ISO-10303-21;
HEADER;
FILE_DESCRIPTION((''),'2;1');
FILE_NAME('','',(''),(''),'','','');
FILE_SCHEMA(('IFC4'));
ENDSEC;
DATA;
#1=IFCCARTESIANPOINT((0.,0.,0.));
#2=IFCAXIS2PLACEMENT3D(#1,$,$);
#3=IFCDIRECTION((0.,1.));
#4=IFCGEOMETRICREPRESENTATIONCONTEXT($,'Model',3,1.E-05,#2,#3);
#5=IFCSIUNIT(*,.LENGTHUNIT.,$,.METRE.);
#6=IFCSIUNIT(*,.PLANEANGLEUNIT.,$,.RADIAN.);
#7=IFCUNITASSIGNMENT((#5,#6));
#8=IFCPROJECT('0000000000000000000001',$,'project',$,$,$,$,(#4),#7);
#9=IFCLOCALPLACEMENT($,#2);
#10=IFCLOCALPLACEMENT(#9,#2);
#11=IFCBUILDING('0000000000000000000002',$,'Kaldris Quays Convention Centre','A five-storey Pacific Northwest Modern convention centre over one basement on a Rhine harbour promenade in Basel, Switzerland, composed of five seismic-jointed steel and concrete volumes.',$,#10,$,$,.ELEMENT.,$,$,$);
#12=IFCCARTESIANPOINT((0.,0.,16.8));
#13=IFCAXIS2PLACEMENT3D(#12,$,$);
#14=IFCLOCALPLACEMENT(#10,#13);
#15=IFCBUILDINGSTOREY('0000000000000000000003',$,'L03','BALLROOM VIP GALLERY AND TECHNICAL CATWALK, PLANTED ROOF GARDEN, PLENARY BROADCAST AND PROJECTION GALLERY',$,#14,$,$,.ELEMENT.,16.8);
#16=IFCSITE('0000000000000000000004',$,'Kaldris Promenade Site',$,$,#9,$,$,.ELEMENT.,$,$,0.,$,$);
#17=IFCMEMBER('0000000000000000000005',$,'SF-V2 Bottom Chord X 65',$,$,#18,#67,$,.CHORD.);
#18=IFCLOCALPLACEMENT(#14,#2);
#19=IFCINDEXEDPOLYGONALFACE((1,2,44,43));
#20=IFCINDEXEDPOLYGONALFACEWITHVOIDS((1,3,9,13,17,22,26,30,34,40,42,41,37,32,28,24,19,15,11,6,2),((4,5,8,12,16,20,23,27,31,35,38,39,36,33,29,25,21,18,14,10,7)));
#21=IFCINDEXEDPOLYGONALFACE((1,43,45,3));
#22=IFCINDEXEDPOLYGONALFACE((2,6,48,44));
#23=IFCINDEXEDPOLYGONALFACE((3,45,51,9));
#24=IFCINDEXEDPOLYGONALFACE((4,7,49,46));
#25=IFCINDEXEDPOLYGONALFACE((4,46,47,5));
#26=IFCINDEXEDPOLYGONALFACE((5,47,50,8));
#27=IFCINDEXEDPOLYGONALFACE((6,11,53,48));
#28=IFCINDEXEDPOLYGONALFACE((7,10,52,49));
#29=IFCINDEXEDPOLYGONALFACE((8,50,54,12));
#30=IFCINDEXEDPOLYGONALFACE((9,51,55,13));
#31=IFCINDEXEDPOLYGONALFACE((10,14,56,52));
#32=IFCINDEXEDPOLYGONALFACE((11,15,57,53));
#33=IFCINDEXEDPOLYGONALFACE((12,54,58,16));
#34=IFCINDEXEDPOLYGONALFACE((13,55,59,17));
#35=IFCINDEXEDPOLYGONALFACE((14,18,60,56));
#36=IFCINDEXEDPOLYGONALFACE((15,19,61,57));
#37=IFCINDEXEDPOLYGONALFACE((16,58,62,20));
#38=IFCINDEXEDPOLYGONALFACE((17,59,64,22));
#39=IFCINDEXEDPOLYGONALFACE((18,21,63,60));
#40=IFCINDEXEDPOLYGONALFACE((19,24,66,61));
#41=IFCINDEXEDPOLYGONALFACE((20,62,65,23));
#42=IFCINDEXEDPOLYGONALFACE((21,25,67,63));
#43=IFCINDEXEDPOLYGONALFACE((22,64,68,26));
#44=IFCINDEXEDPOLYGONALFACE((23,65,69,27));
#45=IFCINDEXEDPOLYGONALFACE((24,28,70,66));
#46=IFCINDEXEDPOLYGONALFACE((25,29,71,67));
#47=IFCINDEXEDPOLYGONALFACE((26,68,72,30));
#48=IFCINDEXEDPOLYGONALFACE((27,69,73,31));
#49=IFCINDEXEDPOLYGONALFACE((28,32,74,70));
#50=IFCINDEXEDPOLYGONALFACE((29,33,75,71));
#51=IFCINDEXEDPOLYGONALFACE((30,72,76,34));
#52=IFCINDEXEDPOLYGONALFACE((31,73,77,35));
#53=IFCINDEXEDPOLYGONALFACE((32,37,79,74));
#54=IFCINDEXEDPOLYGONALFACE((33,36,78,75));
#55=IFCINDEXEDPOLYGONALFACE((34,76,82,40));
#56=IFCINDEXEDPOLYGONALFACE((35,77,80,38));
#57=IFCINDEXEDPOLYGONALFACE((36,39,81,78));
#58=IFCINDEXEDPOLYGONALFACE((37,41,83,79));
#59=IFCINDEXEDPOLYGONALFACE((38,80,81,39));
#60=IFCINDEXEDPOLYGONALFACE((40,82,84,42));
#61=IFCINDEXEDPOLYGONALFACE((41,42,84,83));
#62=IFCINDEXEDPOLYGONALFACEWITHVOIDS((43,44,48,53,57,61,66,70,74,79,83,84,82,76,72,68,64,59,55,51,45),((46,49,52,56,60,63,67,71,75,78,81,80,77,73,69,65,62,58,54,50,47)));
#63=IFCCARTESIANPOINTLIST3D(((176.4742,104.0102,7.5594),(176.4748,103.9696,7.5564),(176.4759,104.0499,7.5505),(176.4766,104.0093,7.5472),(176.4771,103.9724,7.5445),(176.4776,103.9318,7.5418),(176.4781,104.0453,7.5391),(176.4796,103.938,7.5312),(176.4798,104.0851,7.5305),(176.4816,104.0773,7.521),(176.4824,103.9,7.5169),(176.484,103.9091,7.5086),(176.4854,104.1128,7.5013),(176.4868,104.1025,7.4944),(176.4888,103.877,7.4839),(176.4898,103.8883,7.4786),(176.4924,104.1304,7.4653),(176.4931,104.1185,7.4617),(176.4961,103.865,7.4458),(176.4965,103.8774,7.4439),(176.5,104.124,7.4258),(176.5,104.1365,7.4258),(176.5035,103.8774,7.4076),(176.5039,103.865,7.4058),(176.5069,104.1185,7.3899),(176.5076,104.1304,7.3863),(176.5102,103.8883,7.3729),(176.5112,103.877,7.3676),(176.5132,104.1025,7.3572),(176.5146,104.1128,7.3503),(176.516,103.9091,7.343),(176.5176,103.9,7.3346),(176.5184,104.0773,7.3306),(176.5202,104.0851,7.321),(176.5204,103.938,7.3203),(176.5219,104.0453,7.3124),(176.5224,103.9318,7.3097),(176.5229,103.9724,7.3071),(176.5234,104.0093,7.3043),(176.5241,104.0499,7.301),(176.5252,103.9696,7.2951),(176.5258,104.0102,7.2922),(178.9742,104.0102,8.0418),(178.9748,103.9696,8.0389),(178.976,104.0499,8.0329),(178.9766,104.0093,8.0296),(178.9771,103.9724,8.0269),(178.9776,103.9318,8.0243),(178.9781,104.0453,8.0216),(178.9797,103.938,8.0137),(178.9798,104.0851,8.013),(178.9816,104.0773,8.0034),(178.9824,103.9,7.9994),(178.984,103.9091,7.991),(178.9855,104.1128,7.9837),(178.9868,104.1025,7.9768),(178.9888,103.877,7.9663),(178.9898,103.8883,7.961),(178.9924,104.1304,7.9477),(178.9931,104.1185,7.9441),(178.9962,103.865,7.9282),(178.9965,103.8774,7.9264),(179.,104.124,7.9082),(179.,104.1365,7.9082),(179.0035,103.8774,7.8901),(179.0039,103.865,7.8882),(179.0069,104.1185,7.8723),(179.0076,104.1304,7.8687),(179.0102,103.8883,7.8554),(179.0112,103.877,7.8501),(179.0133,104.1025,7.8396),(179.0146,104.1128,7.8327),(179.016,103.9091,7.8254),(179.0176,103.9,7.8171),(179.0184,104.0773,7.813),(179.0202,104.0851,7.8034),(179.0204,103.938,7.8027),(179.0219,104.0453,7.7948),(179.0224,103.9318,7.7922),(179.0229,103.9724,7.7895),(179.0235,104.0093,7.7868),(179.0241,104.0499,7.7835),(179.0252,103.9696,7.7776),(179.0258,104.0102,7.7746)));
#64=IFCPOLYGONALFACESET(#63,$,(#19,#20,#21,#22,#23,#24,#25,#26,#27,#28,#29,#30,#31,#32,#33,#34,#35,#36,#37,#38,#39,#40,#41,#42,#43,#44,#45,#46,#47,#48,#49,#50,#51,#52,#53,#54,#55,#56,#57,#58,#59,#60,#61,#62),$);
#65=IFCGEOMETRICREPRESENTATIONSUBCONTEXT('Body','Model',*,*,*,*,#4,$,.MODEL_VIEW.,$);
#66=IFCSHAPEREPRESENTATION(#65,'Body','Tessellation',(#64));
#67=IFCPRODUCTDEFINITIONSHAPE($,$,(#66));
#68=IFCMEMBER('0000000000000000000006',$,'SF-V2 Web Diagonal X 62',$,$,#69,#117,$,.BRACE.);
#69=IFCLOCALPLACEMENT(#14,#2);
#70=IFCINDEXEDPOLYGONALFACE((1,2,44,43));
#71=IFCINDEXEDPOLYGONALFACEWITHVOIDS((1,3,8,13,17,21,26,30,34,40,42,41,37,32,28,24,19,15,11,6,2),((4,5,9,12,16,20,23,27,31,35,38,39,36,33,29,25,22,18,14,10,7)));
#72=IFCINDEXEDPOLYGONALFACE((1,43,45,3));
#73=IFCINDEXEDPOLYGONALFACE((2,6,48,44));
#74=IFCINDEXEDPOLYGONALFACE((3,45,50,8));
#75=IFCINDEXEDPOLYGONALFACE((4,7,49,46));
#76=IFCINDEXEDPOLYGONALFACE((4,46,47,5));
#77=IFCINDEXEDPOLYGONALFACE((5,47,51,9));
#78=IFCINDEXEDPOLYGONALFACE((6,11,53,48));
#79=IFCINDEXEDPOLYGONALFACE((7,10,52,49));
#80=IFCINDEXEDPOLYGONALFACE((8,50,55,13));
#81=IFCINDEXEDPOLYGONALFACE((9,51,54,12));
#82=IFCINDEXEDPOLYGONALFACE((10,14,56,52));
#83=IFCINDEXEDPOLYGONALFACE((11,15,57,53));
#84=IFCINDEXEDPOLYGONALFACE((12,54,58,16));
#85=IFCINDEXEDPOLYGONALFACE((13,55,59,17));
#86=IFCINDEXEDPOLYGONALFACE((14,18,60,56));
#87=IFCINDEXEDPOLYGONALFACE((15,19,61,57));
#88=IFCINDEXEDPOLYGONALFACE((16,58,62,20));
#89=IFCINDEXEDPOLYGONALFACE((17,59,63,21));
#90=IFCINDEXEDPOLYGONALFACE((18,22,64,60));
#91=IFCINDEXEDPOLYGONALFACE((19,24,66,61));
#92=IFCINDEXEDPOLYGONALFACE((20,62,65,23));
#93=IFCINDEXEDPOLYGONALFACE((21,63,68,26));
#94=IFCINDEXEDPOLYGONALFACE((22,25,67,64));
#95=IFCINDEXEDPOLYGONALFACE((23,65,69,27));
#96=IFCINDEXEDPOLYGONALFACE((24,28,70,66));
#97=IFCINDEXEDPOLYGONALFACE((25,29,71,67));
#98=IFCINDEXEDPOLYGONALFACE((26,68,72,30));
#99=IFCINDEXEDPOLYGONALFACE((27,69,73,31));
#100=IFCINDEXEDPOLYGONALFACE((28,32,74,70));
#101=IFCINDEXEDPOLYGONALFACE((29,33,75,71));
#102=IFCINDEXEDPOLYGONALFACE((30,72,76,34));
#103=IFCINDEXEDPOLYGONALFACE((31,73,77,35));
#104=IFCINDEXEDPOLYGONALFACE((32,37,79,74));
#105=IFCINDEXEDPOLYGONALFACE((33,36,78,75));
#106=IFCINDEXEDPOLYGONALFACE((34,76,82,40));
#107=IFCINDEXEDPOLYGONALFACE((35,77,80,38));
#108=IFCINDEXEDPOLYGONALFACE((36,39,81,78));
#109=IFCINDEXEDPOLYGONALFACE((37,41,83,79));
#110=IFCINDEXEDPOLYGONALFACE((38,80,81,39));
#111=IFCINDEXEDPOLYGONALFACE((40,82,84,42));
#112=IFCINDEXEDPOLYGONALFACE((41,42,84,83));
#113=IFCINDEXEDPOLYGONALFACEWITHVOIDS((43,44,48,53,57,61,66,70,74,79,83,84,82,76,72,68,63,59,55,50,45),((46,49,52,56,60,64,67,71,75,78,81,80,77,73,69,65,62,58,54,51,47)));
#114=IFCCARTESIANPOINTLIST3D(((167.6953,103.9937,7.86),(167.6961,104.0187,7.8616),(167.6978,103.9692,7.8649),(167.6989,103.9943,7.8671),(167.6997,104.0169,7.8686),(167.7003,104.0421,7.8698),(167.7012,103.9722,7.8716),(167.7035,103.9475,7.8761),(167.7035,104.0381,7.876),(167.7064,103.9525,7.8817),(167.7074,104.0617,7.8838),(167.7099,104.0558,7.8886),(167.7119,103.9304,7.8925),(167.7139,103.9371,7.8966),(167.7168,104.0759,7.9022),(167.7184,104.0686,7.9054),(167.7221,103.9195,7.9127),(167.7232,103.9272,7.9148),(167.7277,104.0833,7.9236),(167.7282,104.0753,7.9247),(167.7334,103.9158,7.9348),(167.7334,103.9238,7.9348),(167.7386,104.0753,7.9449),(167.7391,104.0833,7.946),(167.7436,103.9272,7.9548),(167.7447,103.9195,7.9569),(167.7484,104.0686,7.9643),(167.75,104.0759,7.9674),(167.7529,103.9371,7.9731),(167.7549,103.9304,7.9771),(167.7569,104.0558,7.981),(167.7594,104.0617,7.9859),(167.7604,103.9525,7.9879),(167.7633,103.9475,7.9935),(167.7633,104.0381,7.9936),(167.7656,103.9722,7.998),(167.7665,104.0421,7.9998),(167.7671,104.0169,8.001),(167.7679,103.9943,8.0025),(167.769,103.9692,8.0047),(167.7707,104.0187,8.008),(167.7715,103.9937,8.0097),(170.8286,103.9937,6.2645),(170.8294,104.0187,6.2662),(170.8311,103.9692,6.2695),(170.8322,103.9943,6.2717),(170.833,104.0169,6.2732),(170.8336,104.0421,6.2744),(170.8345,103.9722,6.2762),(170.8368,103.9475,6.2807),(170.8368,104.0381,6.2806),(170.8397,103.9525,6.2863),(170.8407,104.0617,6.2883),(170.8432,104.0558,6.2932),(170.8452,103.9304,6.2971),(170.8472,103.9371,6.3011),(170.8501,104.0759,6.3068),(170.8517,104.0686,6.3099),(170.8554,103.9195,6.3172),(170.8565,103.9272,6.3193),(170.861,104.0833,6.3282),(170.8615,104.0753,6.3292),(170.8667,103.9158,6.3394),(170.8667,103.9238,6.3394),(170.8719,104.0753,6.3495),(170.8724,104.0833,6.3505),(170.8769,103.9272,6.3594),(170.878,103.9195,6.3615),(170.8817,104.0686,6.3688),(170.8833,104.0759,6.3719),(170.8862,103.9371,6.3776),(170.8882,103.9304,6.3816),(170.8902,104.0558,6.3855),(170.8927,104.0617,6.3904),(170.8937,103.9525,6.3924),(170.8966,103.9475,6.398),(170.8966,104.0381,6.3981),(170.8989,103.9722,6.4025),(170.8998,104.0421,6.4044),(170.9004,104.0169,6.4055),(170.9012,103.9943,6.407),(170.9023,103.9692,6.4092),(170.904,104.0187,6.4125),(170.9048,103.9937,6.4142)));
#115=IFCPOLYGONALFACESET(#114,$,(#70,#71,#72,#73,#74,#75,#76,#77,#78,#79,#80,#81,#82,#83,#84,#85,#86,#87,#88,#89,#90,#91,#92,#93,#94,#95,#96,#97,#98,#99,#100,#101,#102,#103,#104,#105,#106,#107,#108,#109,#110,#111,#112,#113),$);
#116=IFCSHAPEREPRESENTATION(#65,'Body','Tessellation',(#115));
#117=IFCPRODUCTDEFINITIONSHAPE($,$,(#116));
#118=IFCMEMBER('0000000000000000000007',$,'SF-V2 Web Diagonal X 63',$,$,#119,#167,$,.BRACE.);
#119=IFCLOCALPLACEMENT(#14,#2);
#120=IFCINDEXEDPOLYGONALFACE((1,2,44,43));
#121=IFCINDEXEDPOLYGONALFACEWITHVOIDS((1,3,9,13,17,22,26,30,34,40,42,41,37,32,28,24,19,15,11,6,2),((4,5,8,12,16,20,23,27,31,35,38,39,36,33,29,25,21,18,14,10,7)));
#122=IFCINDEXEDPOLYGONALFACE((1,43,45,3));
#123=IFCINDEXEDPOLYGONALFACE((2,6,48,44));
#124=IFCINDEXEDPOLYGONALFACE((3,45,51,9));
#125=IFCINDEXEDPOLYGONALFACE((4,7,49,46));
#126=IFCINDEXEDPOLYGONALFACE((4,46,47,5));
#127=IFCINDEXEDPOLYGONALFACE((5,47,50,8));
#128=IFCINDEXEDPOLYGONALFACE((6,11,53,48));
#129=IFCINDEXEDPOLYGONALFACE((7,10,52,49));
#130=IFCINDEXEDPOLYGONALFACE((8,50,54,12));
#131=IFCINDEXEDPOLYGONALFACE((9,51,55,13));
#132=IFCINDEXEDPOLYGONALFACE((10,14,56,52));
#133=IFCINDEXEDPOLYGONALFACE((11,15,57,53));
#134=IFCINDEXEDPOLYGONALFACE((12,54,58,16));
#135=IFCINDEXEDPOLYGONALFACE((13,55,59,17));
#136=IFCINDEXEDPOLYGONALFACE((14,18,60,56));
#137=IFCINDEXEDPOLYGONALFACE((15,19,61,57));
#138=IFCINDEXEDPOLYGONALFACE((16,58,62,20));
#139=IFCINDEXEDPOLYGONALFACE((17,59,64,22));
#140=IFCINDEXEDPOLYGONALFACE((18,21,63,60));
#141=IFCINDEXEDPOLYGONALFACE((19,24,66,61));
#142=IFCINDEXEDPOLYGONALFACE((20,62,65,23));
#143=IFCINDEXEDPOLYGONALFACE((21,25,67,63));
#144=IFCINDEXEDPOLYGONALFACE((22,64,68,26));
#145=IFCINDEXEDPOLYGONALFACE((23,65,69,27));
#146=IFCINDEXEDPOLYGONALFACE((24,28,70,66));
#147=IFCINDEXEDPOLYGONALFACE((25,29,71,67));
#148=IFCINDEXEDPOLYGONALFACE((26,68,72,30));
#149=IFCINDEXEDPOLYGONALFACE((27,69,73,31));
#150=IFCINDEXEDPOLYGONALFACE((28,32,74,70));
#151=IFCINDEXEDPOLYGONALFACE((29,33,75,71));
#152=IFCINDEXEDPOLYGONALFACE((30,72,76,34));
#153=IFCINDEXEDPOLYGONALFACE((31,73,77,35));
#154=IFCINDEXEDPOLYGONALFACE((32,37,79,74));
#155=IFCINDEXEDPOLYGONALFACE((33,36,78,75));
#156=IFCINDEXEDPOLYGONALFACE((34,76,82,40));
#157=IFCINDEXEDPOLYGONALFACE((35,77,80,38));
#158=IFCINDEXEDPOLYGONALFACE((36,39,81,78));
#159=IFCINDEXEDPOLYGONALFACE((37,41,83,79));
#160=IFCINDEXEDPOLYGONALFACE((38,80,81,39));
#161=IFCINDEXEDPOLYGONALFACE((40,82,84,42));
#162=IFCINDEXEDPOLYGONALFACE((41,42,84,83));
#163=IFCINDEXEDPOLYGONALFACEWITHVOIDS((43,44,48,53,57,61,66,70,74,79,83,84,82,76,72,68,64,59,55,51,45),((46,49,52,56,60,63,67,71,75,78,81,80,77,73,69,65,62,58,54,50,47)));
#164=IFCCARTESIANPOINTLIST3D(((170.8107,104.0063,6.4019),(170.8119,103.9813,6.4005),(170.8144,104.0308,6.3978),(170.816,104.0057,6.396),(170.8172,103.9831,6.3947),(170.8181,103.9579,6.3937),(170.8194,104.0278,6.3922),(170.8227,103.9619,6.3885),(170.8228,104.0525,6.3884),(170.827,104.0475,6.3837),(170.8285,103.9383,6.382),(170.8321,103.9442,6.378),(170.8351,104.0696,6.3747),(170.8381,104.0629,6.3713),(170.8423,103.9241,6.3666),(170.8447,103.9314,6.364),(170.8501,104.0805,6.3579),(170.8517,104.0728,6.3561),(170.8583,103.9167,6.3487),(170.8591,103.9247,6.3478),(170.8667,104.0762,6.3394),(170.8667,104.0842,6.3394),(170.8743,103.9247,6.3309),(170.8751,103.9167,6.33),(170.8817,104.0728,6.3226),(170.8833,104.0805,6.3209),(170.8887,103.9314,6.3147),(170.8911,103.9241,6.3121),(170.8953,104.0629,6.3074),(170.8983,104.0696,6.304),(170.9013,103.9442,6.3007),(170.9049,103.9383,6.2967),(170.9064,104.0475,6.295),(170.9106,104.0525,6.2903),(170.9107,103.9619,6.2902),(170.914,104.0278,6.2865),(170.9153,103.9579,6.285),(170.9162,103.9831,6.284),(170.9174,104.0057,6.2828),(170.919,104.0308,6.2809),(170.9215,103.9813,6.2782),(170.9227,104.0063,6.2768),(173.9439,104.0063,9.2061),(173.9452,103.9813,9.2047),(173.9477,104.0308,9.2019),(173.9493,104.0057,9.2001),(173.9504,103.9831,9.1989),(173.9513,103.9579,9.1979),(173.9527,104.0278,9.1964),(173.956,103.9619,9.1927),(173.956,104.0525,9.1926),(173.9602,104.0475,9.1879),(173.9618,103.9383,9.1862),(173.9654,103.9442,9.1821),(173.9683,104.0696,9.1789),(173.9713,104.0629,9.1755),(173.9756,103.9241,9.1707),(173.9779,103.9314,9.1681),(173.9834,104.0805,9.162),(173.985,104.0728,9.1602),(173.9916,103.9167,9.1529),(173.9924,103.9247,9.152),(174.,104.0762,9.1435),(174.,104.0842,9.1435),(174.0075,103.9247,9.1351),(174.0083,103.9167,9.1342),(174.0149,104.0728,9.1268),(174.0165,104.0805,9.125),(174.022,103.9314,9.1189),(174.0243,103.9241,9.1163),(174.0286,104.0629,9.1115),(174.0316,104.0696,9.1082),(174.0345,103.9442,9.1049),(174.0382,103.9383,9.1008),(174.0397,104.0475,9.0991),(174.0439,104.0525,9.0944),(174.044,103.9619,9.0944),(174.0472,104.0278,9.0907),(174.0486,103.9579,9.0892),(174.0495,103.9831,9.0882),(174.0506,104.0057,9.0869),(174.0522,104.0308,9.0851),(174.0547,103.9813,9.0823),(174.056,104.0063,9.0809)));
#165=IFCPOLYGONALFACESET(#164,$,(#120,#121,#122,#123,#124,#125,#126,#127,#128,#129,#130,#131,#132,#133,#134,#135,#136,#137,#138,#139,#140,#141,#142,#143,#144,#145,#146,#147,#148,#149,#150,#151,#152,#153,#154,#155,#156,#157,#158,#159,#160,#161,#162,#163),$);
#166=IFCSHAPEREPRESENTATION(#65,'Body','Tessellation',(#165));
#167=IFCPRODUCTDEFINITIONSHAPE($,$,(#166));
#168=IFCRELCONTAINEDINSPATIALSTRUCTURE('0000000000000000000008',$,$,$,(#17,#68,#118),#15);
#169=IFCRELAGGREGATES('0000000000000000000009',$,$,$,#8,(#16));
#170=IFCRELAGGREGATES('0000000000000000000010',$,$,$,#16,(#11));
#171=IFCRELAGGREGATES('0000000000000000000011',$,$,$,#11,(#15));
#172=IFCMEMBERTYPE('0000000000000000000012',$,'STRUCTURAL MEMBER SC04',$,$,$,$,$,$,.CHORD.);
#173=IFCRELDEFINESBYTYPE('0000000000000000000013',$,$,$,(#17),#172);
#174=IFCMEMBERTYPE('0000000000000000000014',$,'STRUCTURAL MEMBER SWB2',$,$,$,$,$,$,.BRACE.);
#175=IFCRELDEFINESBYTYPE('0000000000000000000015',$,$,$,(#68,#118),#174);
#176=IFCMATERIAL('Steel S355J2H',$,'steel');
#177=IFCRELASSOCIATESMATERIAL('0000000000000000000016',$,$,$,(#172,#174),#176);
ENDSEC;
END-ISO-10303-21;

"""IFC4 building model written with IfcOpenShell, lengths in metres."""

from ifc_helpers import new_model, si_unit, direction, frame, origin, origin_2d, place, context, subcontext, project, spatial, hollow_circle, extrude, material, material_profile, profile_set, type_object, element, save


model = new_model("IFC4")

# Units and contexts
model_context = context("Model", 3, precision=1e-05, world=origin(), true_north=direction((0.0, 1.0)))
body_context = subcontext(model_context, "Body", "Model", "MODEL_VIEW")
ifc_project = project(units=[si_unit("LENGTHUNIT", "METRE"), si_unit("PLANEANGLEUNIT", "RADIAN")], contexts=[model_context])

# Site, building, storey
site_placement = place(None, origin())
site = spatial("IfcSite", under=ifc_project, at=site_placement, Name="Kaldris Promenade Site", CompositionType="ELEMENT", RefElevation=0.0)
building_placement = place(site_placement, origin())
building = spatial("IfcBuilding", under=site, at=building_placement, Name="Kaldris Quays Convention Centre", Description="A five-storey Pacific Northwest Modern convention centre over one basement on a Rhine harbour promenade in Basel, Switzerland, composed of five seismic-jointed steel and concrete volumes.", CompositionType="ELEMENT")
storey_placement = place(building_placement, frame((0.0, 0.0, 16.8)))
storey = spatial("IfcBuildingStorey", under=building, at=storey_placement, Name="L03", Description="BALLROOM VIP GALLERY AND TECHNICAL CATWALK, PLANTED ROOF GARDEN, PLENARY BROADCAST AND PROJECTION GALLERY", CompositionType="ELEMENT", Elevation=16.8)

# Members
ifc_material_1 = material(Name="Steel S355J2H", Category="steel")
ifc_material_profile_1 = material_profile(ifc_material_1, hollow_circle(Radius=0.1365, WallThickness=0.0125, at=origin_2d()), Name="CHS 273x12.5")
ifc_profile_set_1 = profile_set([ifc_material_profile_1], Name="Steel S355J2H")
member_type_1 = type_object("IfcMemberType", Name="STRUCTURAL MEMBER SC04", PredefinedType="CHORD", material=ifc_profile_set_1)
for number, where, z_axis, x_axis, name in (
    (1, (176.5, 104.0, 7.4258), (0.981886, 0.0, 0.189473), (0.0, 1.0, 0.0), "SF-V2 Bottom Chord X 65"),
):
    element("IfcMember", number, at=place(storey_placement, frame(where, z_axis=z_axis, x_axis=x_axis)), inside=storey, type_object=member_type_1, Name=name, PredefinedType="CHORD", context=body_context, shape_type="SweptSolid", body=[
        extrude(hollow_circle(Radius=0.1365, WallThickness=0.0125, at=origin_2d()), origin(), (0.0, 0.0, 1.0), 2.5461),
    ])
ifc_material_profile_2 = material_profile(ifc_material_1, hollow_circle(Radius=0.0842, WallThickness=0.0081, at=origin_2d()), Name="CHS 168.3x8")
ifc_profile_set_2 = profile_set([ifc_material_profile_2], Name="Steel S355J2H")
member_type_2 = type_object("IfcMemberType", Name="STRUCTURAL MEMBER SWB2", PredefinedType="BRACE", material=ifc_profile_set_2)
member_1_placement = place(storey_placement, frame((170.8667, 104.0, 6.3394), z_axis=(-0.891126, 0.0, 0.453756), x_axis=(0.0, -1.0, 0.0)))
element("IfcMember", 2, at=member_1_placement, inside=storey, type_object=member_type_2, Name="SF-V2 Web Diagonal X 62", PredefinedType="BRACE", context=body_context, shape_type="SweptSolid", body=[
    extrude(hollow_circle(Radius=0.0842, WallThickness=0.0081, at=origin_2d()), origin(), (0.0, 0.0, 1.0), 3.5161),
])
member_2_placement = place(storey_placement, frame((170.8667, 104.0, 6.3394), z_axis=(0.745156, 0.0, 0.66689), x_axis=(0.0, 1.0, 0.0)))
element("IfcMember", 3, at=member_2_placement, inside=storey, type_object=member_type_2, Name="SF-V2 Web Diagonal X 63", PredefinedType="BRACE", context=body_context, shape_type="SweptSolid", body=[
    extrude(hollow_circle(Radius=0.0842, WallThickness=0.0081, at=origin_2d()), origin(), (0.0, 0.0, 1.0), 4.2048),
])

save(model, "model.ifc")
